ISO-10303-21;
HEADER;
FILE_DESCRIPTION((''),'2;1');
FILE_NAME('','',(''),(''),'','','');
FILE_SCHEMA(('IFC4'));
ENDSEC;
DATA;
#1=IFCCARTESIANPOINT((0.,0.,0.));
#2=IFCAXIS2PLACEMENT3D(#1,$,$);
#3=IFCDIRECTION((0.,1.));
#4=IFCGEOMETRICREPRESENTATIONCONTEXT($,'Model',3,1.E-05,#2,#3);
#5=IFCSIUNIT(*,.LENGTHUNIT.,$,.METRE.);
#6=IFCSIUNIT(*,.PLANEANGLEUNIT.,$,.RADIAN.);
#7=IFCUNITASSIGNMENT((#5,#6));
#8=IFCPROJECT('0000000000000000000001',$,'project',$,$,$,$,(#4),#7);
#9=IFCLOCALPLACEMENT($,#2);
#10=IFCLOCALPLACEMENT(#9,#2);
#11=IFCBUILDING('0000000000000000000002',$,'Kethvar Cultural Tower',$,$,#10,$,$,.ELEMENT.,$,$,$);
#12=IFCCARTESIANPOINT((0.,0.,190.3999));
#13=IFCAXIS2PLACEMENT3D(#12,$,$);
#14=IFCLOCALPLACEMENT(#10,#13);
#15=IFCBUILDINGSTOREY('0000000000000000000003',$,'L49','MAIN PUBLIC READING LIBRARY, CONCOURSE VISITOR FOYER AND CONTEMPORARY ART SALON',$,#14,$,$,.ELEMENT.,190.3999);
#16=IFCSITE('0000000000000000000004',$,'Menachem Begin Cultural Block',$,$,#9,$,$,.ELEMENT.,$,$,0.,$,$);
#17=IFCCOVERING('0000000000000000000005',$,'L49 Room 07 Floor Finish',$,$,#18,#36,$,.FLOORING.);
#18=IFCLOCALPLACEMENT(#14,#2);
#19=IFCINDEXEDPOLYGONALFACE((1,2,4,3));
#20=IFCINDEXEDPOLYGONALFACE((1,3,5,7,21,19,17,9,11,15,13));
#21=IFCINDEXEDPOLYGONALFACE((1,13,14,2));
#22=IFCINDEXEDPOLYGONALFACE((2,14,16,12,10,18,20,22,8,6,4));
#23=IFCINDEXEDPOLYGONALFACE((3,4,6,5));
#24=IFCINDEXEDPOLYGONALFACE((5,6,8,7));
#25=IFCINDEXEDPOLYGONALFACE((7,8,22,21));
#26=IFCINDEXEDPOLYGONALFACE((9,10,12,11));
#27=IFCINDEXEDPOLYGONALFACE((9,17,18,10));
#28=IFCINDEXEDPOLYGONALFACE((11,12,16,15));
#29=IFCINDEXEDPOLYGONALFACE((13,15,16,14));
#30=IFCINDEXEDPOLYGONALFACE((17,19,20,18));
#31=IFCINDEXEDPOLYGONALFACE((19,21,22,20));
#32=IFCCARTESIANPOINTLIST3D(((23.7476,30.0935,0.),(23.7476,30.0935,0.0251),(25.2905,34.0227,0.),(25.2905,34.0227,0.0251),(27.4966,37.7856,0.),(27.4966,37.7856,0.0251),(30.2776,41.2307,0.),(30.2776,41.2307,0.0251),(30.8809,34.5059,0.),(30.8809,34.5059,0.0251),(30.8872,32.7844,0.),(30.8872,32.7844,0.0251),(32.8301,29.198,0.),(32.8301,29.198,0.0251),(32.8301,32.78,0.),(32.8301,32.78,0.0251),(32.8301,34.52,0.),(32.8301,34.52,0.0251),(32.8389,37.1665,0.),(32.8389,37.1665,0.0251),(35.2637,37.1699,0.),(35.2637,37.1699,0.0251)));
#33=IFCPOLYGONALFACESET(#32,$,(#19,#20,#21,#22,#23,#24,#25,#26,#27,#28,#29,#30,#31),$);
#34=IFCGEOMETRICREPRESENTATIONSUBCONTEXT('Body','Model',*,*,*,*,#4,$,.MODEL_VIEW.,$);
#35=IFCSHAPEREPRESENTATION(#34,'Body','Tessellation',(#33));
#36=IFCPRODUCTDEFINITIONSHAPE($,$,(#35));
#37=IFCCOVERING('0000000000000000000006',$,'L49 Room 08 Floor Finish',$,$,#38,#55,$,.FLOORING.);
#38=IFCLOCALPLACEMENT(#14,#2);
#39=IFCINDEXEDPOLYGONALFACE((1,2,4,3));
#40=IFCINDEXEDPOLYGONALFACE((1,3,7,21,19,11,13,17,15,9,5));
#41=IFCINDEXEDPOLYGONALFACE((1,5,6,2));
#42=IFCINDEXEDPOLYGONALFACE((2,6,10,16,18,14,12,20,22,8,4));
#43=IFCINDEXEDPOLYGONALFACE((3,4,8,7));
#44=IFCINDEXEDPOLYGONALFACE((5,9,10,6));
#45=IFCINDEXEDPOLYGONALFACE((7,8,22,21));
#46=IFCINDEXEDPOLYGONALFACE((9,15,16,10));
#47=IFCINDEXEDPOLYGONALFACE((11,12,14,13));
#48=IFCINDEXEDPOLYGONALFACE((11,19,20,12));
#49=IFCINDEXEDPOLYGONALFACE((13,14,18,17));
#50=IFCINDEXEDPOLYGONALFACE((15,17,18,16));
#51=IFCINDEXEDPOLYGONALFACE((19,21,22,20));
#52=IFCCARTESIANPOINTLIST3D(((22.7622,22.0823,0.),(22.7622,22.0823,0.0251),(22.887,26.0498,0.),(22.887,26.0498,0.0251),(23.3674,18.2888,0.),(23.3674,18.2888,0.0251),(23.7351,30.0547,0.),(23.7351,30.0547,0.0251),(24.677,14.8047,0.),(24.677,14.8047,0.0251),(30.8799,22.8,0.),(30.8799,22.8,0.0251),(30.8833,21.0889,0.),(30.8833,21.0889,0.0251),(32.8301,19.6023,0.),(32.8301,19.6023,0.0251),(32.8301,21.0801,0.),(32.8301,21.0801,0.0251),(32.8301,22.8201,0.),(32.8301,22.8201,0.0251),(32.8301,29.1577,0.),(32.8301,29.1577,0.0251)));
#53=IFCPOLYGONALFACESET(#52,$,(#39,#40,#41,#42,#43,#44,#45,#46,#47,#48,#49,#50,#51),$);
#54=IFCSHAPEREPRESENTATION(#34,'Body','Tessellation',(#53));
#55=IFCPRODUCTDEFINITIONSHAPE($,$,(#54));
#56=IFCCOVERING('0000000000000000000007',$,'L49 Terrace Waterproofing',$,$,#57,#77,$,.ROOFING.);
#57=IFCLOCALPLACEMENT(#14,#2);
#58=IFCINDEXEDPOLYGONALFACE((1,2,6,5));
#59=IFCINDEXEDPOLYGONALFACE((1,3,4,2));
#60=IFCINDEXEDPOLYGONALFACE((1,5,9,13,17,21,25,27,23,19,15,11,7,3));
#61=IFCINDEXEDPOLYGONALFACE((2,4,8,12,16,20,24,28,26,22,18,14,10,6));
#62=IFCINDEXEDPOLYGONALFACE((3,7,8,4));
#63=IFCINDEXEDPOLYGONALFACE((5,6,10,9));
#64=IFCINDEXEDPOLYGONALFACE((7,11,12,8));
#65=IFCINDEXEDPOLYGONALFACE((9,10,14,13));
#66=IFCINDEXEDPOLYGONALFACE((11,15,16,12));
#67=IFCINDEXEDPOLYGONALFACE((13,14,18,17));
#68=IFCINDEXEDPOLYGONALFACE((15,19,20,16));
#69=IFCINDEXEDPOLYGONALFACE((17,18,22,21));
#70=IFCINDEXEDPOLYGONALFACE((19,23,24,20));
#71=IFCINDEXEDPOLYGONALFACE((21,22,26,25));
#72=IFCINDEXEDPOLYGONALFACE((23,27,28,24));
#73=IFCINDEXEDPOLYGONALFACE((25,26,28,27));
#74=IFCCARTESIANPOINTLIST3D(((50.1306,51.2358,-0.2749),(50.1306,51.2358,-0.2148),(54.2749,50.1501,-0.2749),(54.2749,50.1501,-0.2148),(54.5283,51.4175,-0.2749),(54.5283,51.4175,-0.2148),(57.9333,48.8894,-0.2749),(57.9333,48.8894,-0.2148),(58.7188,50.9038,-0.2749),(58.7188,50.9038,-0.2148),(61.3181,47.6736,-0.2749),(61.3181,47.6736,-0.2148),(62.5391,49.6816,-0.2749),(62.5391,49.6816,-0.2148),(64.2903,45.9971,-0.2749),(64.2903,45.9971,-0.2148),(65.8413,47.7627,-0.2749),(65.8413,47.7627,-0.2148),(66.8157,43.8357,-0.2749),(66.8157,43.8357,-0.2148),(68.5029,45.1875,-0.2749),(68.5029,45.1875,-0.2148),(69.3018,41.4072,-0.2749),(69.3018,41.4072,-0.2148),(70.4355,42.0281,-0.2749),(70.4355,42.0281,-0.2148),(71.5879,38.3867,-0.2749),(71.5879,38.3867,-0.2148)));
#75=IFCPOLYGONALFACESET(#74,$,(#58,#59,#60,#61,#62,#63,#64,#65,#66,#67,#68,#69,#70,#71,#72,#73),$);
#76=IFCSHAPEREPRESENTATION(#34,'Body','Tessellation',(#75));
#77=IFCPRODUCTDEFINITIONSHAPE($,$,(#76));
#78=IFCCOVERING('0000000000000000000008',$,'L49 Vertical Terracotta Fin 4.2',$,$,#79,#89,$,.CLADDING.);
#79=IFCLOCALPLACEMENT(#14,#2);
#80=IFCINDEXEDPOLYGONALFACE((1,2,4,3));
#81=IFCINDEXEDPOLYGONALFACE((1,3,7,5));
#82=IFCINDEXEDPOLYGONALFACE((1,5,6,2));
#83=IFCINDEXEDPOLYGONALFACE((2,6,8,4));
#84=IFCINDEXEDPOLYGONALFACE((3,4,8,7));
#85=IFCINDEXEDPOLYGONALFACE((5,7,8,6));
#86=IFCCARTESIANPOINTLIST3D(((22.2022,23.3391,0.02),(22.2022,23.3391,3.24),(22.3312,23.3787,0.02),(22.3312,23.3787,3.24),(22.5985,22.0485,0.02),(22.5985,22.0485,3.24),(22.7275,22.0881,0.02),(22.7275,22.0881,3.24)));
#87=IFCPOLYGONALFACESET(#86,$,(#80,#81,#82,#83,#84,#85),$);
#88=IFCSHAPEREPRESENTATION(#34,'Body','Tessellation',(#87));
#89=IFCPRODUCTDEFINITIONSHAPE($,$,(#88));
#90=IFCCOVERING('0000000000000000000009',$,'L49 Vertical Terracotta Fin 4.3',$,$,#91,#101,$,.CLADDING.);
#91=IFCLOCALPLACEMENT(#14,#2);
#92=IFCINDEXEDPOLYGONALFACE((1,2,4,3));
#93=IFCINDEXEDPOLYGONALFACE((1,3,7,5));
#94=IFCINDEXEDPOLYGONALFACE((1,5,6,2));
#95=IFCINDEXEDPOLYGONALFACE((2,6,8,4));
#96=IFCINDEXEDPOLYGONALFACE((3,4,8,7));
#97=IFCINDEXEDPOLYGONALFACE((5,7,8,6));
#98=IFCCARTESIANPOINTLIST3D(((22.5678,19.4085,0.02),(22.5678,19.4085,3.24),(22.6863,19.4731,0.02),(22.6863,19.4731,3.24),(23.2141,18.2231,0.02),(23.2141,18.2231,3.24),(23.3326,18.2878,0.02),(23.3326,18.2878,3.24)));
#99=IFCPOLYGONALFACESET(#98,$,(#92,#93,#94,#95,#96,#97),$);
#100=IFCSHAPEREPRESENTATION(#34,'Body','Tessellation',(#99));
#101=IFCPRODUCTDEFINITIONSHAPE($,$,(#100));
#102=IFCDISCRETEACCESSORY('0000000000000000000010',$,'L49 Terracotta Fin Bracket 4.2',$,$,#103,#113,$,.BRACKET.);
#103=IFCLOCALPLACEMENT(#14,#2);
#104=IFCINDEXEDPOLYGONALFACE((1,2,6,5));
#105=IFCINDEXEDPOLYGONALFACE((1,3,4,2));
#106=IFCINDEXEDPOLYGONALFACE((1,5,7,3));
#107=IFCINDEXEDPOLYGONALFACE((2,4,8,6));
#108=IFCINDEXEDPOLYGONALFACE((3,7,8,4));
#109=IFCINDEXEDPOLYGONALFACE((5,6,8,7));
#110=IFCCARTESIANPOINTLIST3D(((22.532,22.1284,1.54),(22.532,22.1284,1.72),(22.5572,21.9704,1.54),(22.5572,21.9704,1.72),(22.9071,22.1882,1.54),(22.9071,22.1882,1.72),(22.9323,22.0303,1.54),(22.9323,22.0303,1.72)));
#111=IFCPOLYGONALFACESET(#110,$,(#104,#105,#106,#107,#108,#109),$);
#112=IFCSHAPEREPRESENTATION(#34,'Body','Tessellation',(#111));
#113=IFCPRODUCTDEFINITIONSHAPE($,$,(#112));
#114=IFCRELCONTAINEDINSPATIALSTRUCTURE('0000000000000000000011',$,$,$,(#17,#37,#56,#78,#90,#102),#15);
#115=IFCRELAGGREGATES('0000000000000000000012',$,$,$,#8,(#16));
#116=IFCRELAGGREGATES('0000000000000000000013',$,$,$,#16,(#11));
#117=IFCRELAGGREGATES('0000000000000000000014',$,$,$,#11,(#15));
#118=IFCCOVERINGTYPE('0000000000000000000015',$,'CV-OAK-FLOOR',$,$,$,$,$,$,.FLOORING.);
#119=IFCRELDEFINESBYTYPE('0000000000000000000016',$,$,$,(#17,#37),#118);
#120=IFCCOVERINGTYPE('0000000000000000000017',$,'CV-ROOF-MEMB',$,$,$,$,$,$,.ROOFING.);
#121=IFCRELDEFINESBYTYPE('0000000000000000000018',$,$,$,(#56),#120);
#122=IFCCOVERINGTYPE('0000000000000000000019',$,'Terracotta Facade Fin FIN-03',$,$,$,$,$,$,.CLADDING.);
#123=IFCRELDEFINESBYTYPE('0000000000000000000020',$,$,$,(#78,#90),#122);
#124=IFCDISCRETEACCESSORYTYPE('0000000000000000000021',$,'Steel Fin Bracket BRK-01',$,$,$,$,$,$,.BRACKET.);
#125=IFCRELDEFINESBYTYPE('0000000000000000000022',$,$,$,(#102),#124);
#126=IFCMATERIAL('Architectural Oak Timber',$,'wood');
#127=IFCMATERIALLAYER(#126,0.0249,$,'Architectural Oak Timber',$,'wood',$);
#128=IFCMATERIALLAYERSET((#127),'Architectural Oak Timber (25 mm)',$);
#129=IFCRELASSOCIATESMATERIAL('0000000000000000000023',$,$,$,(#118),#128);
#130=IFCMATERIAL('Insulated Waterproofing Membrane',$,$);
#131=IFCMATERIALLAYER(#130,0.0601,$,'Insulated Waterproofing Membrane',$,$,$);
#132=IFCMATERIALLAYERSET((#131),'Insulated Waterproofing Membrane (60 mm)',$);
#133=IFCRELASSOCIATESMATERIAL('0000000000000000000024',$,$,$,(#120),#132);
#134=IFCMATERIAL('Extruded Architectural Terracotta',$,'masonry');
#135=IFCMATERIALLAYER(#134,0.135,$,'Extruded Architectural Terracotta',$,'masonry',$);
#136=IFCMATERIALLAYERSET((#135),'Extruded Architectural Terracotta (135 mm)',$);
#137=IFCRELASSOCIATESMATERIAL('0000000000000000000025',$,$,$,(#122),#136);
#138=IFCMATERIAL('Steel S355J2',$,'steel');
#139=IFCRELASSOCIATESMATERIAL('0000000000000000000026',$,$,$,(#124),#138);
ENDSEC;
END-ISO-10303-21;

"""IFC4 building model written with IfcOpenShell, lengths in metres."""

from ifc_helpers import new_model, si_unit, direction, frame, origin, origin_2d, place, context, subcontext, project, spatial, polyline, rectangle, outline, extrude, source, transform, mapped, material, layer, layer_set, type_object, element, save


model = new_model("IFC4")

# Units and contexts
model_context = context("Model", 3, precision=1e-05, world=origin(), true_north=direction((0.0, 1.0)))
body_context = subcontext(model_context, "Body", "Model", "MODEL_VIEW")
ifc_project = project(units=[si_unit("LENGTHUNIT", "METRE"), si_unit("PLANEANGLEUNIT", "RADIAN")], contexts=[model_context])

# Site, building, storey
site_placement = place(None, origin())
site = spatial("IfcSite", under=ifc_project, at=site_placement, Name="Menachem Begin Cultural Block", CompositionType="ELEMENT", RefElevation=0.0)
building_placement = place(site_placement, origin())
building = spatial("IfcBuilding", under=site, at=building_placement, Name="Kethvar Cultural Tower", CompositionType="ELEMENT")
storey_placement = place(building_placement, frame((0.0, 0.0, 190.3999)))
storey = spatial("IfcBuildingStorey", under=building, at=storey_placement, Name="L49", Description="MAIN PUBLIC READING LIBRARY, CONCOURSE VISITOR FOYER AND CONTEMPORARY ART SALON", CompositionType="ELEMENT", Elevation=190.3999)

# Coverings
ifc_material_1 = material(Name="Architectural Oak Timber", Category="wood")
ifc_layer_1 = layer(ifc_material_1, 0.0249, Name="Architectural Oak Timber", Category="wood")
ifc_layer_set_1 = layer_set([ifc_layer_1], Name="Architectural Oak Timber (25 mm)")
covering_type_1 = type_object("IfcCoveringType", Name="CV-OAK-FLOOR", PredefinedType="FLOORING", material=ifc_layer_set_1)
covering_1_placement = place(storey_placement, origin())
element("IfcCovering", 1, at=covering_1_placement, inside=storey, type_object=covering_type_1, Name="L49 Room 07 Floor Finish", PredefinedType="FLOORING", context=body_context, shape_type="SweptSolid", body=[
    extrude(outline(polyline([(25.2905, 34.0227), (27.4966, 37.7856), (30.2776, 41.2307), (35.2637, 37.1699), (32.8389, 37.1665), (32.8301, 34.52), (30.8809, 34.5059), (30.8872, 32.7844), (32.8301, 32.78), (32.8301, 29.198), (23.7476, 30.0935), (25.2905, 34.0227)])), origin(), (0.0, 0.0, 1.0), 0.0251),
])
covering_2_placement = place(storey_placement, origin())
element("IfcCovering", 2, at=covering_2_placement, inside=storey, type_object=covering_type_1, Name="L49 Room 08 Floor Finish", PredefinedType="FLOORING", context=body_context, shape_type="SweptSolid", body=[
    extrude(outline(polyline([(23.3674, 18.2888), (22.7622, 22.0823), (22.887, 26.0498), (23.7351, 30.0547), (32.8301, 29.1577), (32.8301, 22.8201), (30.8799, 22.8), (30.8833, 21.0889), (32.8301, 21.0801), (32.8301, 19.6023), (24.677, 14.8047), (23.3674, 18.2888)])), origin(), (0.0, 0.0, 1.0), 0.0251),
])
ifc_material_2 = material(Name="Insulated Waterproofing Membrane")
ifc_layer_2 = layer(ifc_material_2, 0.0601, Name="Insulated Waterproofing Membrane")
ifc_layer_set_2 = layer_set([ifc_layer_2], Name="Insulated Waterproofing Membrane (60 mm)")
covering_type_2 = type_object("IfcCoveringType", Name="CV-ROOF-MEMB", PredefinedType="ROOFING", material=ifc_layer_set_2)
covering_3_placement = place(storey_placement, frame((0.0, 0.0, -0.2749)))
element("IfcCovering", 3, at=covering_3_placement, inside=storey, type_object=covering_type_2, Name="L49 Terrace Waterproofing", PredefinedType="ROOFING", context=body_context, shape_type="SweptSolid", body=[
    extrude(outline(polyline([(71.5879, 38.3867), (70.4355, 42.0281), (68.5029, 45.1875), (65.8413, 47.7627), (62.5391, 49.6816), (58.7188, 50.9038), (54.5283, 51.4175), (50.1306, 51.2358), (54.2749, 50.1501), (57.9333, 48.8894), (61.3181, 47.6736), (64.2903, 45.9971), (66.8157, 43.8357), (69.3018, 41.4072), (71.5879, 38.3867)])), origin(), (0.0, 0.0, 1.0), 0.0601),
])
ifc_material_3 = material(Name="Extruded Architectural Terracotta", Category="masonry")
ifc_layer_3 = layer(ifc_material_3, 0.135, Name="Extruded Architectural Terracotta", Category="masonry")
ifc_layer_set_3 = layer_set([ifc_layer_3], Name="Extruded Architectural Terracotta (135 mm)")
covering_type_3 = type_object("IfcCoveringType", Name="Terracotta Facade Fin FIN-03", PredefinedType="CLADDING", material=ifc_layer_set_3)
shared_shape_1 = source(origin(), body_context, "Body", "SweptSolid", [
    extrude(rectangle(XDim=1.3501, YDim=0.135, at=origin_2d()), origin(), (0.0, 0.0, 1.0), 3.22),
])
for number, where, z_axis, x_axis, name in (
    (4, (22.4648, 22.7136, 0.02), (0.0, 0.0, 1.0), (-0.29354, 0.955947, 0.0), "L49 Vertical Terracotta Fin 4.2"),
    (5, (22.9502, 18.8481, 0.02), (0.0, 0.0, 1.0), (-0.478692, 0.877983, 0.0), "L49 Vertical Terracotta Fin 4.3"),
):
    element("IfcCovering", number, at=place(storey_placement, frame(where, z_axis=z_axis, x_axis=x_axis)), inside=storey, type_object=covering_type_3, Name=name, PredefinedType="CLADDING", context=body_context, shape_type="MappedRepresentation", body=[
        mapped(shared_shape_1, transform((0.0, 0.0, 0.0), scale=1.0)),
    ])

# Discrete accessory
ifc_material_4 = material(Name="Steel S355J2", Category="steel")
discrete_accessory_type = type_object("IfcDiscreteAccessoryType", Name="Steel Fin Bracket BRK-01", PredefinedType="BRACKET", material=ifc_material_4)
shared_shape_2 = source(origin(), body_context, "Body", "SweptSolid", [
    extrude(rectangle(XDim=0.3799, YDim=0.1599, at=origin_2d()), origin(), (0.0, 0.0, 1.0), 0.1799),
])
discrete_accessory_placement = place(storey_placement, frame((22.7322, 22.0793, 1.54), z_axis=(0.0, 0.0, 1.0), x_axis=(-0.987496, -0.157641, 0.0)))
element("IfcDiscreteAccessory", 6, at=discrete_accessory_placement, inside=storey, type_object=discrete_accessory_type, Name="L49 Terracotta Fin Bracket 4.2", PredefinedType="BRACKET", context=body_context, shape_type="MappedRepresentation", body=[
    mapped(shared_shape_2, transform((0.0, 0.0, 0.0), scale=1.0)),
])

save(model, "model.ifc")
